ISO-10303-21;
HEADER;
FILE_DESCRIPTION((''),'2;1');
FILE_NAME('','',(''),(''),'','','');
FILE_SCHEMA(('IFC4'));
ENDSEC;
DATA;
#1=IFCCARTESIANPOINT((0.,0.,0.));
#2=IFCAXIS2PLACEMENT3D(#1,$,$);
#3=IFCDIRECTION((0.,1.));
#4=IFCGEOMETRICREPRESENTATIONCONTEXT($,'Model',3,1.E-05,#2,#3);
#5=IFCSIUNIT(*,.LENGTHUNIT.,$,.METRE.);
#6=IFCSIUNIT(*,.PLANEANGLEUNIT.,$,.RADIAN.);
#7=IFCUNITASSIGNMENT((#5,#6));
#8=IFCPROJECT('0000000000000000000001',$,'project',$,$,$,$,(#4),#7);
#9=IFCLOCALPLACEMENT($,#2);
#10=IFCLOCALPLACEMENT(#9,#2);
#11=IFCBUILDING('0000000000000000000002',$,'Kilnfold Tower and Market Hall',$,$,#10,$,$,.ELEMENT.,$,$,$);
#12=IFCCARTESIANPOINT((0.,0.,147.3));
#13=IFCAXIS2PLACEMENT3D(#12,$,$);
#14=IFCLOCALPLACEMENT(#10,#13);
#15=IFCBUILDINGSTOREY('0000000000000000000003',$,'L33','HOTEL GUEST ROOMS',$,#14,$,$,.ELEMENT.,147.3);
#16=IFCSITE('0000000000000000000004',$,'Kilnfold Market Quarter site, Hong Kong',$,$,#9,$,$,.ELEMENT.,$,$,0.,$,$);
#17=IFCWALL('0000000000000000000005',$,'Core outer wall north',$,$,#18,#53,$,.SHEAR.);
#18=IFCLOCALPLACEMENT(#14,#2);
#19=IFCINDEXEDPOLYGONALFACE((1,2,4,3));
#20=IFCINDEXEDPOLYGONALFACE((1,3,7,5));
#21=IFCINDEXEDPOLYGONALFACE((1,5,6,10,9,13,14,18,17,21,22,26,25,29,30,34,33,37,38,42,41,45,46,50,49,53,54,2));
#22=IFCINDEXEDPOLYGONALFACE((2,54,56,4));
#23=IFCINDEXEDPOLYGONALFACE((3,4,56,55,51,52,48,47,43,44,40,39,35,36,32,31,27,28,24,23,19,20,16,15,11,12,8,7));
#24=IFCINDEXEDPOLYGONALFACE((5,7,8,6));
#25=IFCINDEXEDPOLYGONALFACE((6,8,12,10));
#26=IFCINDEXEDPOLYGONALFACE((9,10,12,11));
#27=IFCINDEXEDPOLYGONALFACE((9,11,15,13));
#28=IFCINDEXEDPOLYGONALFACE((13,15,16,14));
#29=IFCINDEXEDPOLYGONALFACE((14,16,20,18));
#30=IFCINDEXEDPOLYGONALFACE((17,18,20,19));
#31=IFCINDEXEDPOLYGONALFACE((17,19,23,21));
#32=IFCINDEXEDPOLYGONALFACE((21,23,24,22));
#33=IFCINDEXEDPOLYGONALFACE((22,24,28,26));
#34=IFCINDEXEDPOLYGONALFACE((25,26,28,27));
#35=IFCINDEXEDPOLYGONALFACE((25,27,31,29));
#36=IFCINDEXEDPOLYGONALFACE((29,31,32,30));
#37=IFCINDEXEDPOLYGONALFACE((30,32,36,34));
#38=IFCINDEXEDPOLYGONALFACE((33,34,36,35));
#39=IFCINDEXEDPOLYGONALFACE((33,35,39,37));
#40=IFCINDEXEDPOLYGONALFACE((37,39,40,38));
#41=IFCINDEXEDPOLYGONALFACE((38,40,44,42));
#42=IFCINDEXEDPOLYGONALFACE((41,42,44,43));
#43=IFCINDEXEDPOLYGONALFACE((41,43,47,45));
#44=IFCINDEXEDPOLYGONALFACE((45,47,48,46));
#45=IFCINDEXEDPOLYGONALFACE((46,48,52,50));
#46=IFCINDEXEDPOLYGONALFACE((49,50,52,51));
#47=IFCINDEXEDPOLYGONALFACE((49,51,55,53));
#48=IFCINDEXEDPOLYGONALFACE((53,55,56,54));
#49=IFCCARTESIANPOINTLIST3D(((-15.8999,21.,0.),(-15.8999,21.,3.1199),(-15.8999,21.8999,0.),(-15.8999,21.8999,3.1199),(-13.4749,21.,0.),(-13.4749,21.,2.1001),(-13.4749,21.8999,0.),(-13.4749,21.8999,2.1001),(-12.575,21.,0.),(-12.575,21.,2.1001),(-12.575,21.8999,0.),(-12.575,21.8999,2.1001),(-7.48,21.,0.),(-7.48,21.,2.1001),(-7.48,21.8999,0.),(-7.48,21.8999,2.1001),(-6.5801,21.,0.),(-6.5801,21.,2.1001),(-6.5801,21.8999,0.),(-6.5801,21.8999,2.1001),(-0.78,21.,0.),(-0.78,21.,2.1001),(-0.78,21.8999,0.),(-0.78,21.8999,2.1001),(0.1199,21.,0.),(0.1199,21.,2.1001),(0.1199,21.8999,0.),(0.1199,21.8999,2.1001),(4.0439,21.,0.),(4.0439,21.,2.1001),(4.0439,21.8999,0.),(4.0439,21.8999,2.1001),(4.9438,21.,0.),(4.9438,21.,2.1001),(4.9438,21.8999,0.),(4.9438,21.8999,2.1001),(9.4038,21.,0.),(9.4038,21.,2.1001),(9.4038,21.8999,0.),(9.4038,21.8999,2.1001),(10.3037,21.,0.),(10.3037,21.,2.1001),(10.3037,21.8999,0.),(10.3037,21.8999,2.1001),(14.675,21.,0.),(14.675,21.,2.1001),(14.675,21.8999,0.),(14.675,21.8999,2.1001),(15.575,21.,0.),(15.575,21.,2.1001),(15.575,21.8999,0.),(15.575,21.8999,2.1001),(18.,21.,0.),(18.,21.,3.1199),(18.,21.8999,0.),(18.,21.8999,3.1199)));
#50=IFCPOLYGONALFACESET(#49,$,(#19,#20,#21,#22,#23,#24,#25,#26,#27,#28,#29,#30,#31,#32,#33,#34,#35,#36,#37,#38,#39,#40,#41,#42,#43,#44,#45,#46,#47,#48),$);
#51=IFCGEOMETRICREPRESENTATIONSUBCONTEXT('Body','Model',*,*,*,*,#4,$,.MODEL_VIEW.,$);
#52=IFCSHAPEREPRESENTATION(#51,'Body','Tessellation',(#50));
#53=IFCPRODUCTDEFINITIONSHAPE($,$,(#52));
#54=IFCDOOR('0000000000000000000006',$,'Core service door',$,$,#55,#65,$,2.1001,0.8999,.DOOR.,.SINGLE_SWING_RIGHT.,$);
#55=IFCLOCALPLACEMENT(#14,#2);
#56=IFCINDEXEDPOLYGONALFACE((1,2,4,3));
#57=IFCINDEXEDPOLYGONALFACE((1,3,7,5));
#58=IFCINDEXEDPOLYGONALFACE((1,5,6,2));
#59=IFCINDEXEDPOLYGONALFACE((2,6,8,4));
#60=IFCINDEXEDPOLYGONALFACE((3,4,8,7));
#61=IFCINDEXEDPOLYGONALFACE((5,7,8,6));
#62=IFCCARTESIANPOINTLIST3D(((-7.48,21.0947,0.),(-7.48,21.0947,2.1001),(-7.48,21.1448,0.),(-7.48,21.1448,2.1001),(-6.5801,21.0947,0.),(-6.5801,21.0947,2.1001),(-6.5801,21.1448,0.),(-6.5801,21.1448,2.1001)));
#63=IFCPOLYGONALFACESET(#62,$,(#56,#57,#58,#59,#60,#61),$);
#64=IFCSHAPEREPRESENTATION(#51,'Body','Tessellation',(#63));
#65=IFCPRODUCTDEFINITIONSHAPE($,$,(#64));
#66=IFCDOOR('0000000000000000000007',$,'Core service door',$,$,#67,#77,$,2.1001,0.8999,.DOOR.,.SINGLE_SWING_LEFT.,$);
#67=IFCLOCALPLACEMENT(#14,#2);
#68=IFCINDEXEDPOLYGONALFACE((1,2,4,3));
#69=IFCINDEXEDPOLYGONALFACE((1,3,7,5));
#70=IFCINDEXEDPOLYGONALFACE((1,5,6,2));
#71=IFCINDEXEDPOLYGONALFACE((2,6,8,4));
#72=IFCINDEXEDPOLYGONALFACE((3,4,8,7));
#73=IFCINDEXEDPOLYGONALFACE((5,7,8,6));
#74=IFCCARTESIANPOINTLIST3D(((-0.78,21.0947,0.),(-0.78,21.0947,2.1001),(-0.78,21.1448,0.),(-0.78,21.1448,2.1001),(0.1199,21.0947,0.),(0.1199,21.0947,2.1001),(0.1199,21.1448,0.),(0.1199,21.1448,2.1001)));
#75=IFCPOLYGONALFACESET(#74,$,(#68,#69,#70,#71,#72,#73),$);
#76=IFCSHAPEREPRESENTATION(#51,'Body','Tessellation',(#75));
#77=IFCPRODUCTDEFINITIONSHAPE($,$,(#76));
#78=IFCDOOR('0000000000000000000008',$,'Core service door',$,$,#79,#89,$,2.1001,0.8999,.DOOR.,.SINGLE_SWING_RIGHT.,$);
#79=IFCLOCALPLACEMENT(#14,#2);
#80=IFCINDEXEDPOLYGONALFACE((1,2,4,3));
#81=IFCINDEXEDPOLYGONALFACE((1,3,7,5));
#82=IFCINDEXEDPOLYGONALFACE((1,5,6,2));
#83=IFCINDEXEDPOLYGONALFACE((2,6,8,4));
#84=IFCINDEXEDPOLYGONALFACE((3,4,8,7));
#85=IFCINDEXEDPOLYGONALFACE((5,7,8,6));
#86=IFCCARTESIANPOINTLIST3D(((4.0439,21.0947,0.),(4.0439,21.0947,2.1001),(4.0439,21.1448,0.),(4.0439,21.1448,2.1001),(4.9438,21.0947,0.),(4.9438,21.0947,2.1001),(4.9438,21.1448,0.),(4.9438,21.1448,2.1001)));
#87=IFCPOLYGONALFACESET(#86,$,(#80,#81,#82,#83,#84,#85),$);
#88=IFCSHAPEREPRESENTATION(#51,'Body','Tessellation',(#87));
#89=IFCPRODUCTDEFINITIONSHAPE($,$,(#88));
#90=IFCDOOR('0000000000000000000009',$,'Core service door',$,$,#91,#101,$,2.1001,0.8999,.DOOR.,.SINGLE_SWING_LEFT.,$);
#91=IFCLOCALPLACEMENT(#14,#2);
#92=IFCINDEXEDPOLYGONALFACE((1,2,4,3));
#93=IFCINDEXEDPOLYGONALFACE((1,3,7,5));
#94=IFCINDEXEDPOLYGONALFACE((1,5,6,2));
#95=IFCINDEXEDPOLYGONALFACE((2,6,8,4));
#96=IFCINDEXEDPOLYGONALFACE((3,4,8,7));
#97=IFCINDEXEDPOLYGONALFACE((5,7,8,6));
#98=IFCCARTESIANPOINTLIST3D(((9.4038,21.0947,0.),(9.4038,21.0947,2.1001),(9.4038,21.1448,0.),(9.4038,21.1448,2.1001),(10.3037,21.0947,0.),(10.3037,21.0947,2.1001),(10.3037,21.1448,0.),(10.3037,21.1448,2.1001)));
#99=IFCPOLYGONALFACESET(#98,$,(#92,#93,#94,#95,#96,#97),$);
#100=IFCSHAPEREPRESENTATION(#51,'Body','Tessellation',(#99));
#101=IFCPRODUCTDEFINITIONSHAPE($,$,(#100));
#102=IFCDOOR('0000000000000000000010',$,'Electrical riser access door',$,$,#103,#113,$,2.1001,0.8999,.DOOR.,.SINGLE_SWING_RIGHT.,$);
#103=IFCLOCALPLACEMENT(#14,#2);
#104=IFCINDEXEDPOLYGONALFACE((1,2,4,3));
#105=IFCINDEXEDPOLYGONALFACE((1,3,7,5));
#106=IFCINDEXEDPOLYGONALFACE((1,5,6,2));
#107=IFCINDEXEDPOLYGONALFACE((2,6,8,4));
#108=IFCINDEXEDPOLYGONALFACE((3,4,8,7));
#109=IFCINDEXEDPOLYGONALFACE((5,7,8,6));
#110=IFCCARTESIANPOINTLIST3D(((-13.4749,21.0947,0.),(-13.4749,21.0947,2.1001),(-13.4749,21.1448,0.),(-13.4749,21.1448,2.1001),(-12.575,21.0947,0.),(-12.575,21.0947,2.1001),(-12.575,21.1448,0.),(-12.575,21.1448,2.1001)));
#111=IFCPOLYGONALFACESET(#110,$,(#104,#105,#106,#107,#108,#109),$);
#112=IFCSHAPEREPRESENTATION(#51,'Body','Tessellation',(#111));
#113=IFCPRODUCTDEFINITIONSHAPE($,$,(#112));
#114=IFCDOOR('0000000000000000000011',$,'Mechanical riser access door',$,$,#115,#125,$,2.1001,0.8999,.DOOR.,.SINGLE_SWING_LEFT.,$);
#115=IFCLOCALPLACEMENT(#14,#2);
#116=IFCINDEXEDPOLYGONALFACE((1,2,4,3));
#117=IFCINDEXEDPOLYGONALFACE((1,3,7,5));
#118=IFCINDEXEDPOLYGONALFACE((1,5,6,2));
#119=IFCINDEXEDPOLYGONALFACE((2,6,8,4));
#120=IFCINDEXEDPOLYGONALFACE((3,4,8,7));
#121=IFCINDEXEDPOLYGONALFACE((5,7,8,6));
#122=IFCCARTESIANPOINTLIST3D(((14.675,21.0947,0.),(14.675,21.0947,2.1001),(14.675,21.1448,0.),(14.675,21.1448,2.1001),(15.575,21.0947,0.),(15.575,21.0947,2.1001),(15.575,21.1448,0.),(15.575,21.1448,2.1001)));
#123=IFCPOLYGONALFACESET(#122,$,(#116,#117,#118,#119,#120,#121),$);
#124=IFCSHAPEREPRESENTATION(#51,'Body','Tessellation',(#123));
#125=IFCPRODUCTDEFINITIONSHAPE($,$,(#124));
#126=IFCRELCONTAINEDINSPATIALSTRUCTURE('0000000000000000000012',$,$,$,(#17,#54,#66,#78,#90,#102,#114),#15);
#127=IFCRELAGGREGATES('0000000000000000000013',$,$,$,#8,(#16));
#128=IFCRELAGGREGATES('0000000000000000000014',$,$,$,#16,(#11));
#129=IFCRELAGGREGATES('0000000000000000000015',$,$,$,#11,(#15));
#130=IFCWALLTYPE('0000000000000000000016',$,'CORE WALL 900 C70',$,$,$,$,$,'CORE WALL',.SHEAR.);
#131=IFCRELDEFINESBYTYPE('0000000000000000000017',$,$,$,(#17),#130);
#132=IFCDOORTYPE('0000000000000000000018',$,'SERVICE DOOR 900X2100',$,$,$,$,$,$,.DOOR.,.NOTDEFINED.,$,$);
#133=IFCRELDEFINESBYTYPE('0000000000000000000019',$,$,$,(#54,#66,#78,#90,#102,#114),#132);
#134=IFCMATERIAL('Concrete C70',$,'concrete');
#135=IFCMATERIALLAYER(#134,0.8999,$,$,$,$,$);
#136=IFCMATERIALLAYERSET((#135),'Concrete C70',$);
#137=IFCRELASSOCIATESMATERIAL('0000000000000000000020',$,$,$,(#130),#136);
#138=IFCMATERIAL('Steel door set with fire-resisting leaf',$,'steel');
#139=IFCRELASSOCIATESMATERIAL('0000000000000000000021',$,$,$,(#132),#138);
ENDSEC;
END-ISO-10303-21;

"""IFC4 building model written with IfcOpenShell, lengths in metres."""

from ifc_helpers import new_model, si_unit, direction, frame, frame_2d, origin, place, context, subcontext, project, spatial, rectangle, extrude, source, transform, mapped, material, layer, layer_set, type_object, element, fill, save


model = new_model("IFC4")

# Units and contexts
model_context = context("Model", 3, precision=1e-05, world=origin(), true_north=direction((0.0, 1.0)))
body_context = subcontext(model_context, "Body", "Model", "MODEL_VIEW")
ifc_project = project(units=[si_unit("LENGTHUNIT", "METRE"), si_unit("PLANEANGLEUNIT", "RADIAN")], contexts=[model_context])

# Site, building, storey
site_placement = place(None, origin())
site = spatial("IfcSite", under=ifc_project, at=site_placement, Name="Kilnfold Market Quarter site, Hong Kong", CompositionType="ELEMENT", RefElevation=0.0)
building_placement = place(site_placement, origin())
building = spatial("IfcBuilding", under=site, at=building_placement, Name="Kilnfold Tower and Market Hall", CompositionType="ELEMENT")
storey_placement = place(building_placement, frame((0.0, 0.0, 147.3)))
storey = spatial("IfcBuildingStorey", under=building, at=storey_placement, Name="L33", Description="HOTEL GUEST ROOMS", CompositionType="ELEMENT", Elevation=147.3)

# Wall, openings, doors
ifc_material_1 = material(Name="Concrete C70", Category="concrete")
ifc_layer_1 = layer(ifc_material_1, 0.8999)
ifc_layer_set_1 = layer_set([ifc_layer_1], Name="Concrete C70")
wall_type_1 = type_object("IfcWallType", Name="CORE WALL 900 C70", ElementType="CORE WALL", PredefinedType="SHEAR", material=ifc_layer_set_1)
shared_shape_1 = source(origin(), body_context, "Body", "SweptSolid", [
    extrude(rectangle(XDim=33.8999, YDim=0.8999, at=frame_2d((16.95, 0.0))), origin(), (0.0, 0.0, 1.0), 3.1199),
])
wall_1_placement = place(storey_placement, frame((-15.8999, 21.45, 0.0), z_axis=(0.0, 0.0, 1.0), x_axis=(1.0, 0.0, 0.0)))
wall_1 = element("IfcWall", 1, at=wall_1_placement, inside=storey, type_object=wall_type_1, Name="Core outer wall north", PredefinedType="SHEAR", context=body_context, shape_type="MappedRepresentation", body=[
    mapped(shared_shape_1, transform((0.0, 0.0, 0.0))),
])
opening_1_placement = place(wall_1_placement, frame((8.4199, 0.0, 0.0)))
opening_1 = element("IfcOpeningElement", 2, at=opening_1_placement, cuts=wall_1, PredefinedType="OPENING", context=body_context, shape_type="SweptSolid", body=[
    extrude(rectangle(XDim=0.8999, YDim=2.1001, at=frame_2d((0.45, 1.05))), frame((0.0, 0.46, 0.0), z_axis=(0.0, -1.0, 0.0), x_axis=(1.0, 0.0, 0.0)), (0.0, 0.0, 1.0), 0.9199),
])
opening_2_placement = place(wall_1_placement, frame((15.1199, 0.0, 0.0)))
opening_2 = element("IfcOpeningElement", 3, at=opening_2_placement, cuts=wall_1, PredefinedType="OPENING", context=body_context, shape_type="SweptSolid", body=[
    extrude(rectangle(XDim=0.8999, YDim=2.1001, at=frame_2d((0.45, 1.05))), frame((0.0, 0.46, 0.0), z_axis=(0.0, -1.0, 0.0), x_axis=(1.0, 0.0, 0.0)), (0.0, 0.0, 1.0), 0.9199),
])
opening_3_placement = place(wall_1_placement, frame((19.9438, 0.0, 0.0)))
opening_3 = element("IfcOpeningElement", 4, at=opening_3_placement, cuts=wall_1, PredefinedType="OPENING", context=body_context, shape_type="SweptSolid", body=[
    extrude(rectangle(XDim=0.8999, YDim=2.1001, at=frame_2d((0.45, 1.05))), frame((0.0, 0.46, 0.0), z_axis=(0.0, -1.0, 0.0), x_axis=(1.0, 0.0, 0.0)), (0.0, 0.0, 1.0), 0.9199),
])
opening_4_placement = place(wall_1_placement, frame((25.3037, 0.0, 0.0)))
opening_4 = element("IfcOpeningElement", 5, at=opening_4_placement, cuts=wall_1, PredefinedType="OPENING", context=body_context, shape_type="SweptSolid", body=[
    extrude(rectangle(XDim=0.8999, YDim=2.1001, at=frame_2d((0.45, 1.05))), frame((0.0, 0.46, 0.0), z_axis=(0.0, -1.0, 0.0), x_axis=(1.0, 0.0, 0.0)), (0.0, 0.0, 1.0), 0.9199),
])
opening_5_placement = place(wall_1_placement, frame((2.425, 0.0, 0.0)))
opening_5 = element("IfcOpeningElement", 6, at=opening_5_placement, cuts=wall_1, PredefinedType="OPENING", context=body_context, shape_type="SweptSolid", body=[
    extrude(rectangle(XDim=0.8999, YDim=2.1001, at=frame_2d((0.45, 1.05))), frame((0.0, 0.46, 0.0), z_axis=(0.0, -1.0, 0.0), x_axis=(1.0, 0.0, 0.0)), (0.0, 0.0, 1.0), 0.9199),
])
opening_6_placement = place(wall_1_placement, frame((30.575, 0.0, 0.0)))
opening_6 = element("IfcOpeningElement", 7, at=opening_6_placement, cuts=wall_1, PredefinedType="OPENING", context=body_context, shape_type="SweptSolid", body=[
    extrude(rectangle(XDim=0.8999, YDim=2.1001, at=frame_2d((0.45, 1.05))), frame((0.0, 0.46, 0.0), z_axis=(0.0, -1.0, 0.0), x_axis=(1.0, 0.0, 0.0)), (0.0, 0.0, 1.0), 0.9199),
])
ifc_material_2 = material(Name="Steel door set with fire-resisting leaf", Category="steel")
door_type_1 = type_object("IfcDoorType", Name="SERVICE DOOR 900X2100", OperationType="NOTDEFINED", PredefinedType="DOOR", material=ifc_material_2)
door_1_placement = place(opening_1_placement, origin())
door_1 = element("IfcDoor", 8, at=door_1_placement, inside=storey, type_object=door_type_1, Name="Core service door", OperationType="SINGLE_SWING_RIGHT", OverallHeight=2.1001, OverallWidth=0.8999, PredefinedType="DOOR", context=body_context, shape_type="SweptSolid", body=[
    extrude(rectangle(XDim=0.8999, YDim=2.1001, at=frame_2d((0.45, 1.05))), frame((0.0, -0.3052, 0.0), z_axis=(0.0, -1.0, 0.0), x_axis=(1.0, 0.0, 0.0)), (0.0, 0.0, 1.0), 0.05),
])
fill(opening_1, door_1)
door_2_placement = place(opening_2_placement, origin())
door_2 = element("IfcDoor", 9, at=door_2_placement, inside=storey, type_object=door_type_1, Name="Core service door", OperationType="SINGLE_SWING_LEFT", OverallHeight=2.1001, OverallWidth=0.8999, PredefinedType="DOOR", context=body_context, shape_type="SweptSolid", body=[
    extrude(rectangle(XDim=0.8999, YDim=2.1001, at=frame_2d((0.45, 1.05))), frame((0.0, -0.3052, 0.0), z_axis=(0.0, -1.0, 0.0), x_axis=(1.0, 0.0, 0.0)), (0.0, 0.0, 1.0), 0.05),
])
fill(opening_2, door_2)
door_3_placement = place(opening_3_placement, origin())
door_3 = element("IfcDoor", 10, at=door_3_placement, inside=storey, type_object=door_type_1, Name="Core service door", OperationType="SINGLE_SWING_RIGHT", OverallHeight=2.1001, OverallWidth=0.8999, PredefinedType="DOOR", context=body_context, shape_type="SweptSolid", body=[
    extrude(rectangle(XDim=0.8999, YDim=2.1001, at=frame_2d((0.45, 1.05))), frame((0.0, -0.3052, 0.0), z_axis=(0.0, -1.0, 0.0), x_axis=(1.0, 0.0, 0.0)), (0.0, 0.0, 1.0), 0.05),
])
fill(opening_3, door_3)
door_4_placement = place(opening_4_placement, origin())
door_4 = element("IfcDoor", 11, at=door_4_placement, inside=storey, type_object=door_type_1, Name="Core service door", OperationType="SINGLE_SWING_LEFT", OverallHeight=2.1001, OverallWidth=0.8999, PredefinedType="DOOR", context=body_context, shape_type="SweptSolid", body=[
    extrude(rectangle(XDim=0.8999, YDim=2.1001, at=frame_2d((0.45, 1.05))), frame((0.0, -0.3052, 0.0), z_axis=(0.0, -1.0, 0.0), x_axis=(1.0, 0.0, 0.0)), (0.0, 0.0, 1.0), 0.05),
])
fill(opening_4, door_4)
door_5_placement = place(opening_5_placement, origin())
door_5 = element("IfcDoor", 12, at=door_5_placement, inside=storey, type_object=door_type_1, Name="Electrical riser access door", OperationType="SINGLE_SWING_RIGHT", OverallHeight=2.1001, OverallWidth=0.8999, PredefinedType="DOOR", context=body_context, shape_type="SweptSolid", body=[
    extrude(rectangle(XDim=0.8999, YDim=2.1001, at=frame_2d((0.45, 1.05))), frame((0.0, -0.3052, 0.0), z_axis=(0.0, -1.0, 0.0), x_axis=(1.0, 0.0, 0.0)), (0.0, 0.0, 1.0), 0.05),
])
fill(opening_5, door_5)
door_6_placement = place(opening_6_placement, origin())
door_6 = element("IfcDoor", 13, at=door_6_placement, inside=storey, type_object=door_type_1, Name="Mechanical riser access door", OperationType="SINGLE_SWING_LEFT", OverallHeight=2.1001, OverallWidth=0.8999, PredefinedType="DOOR", context=body_context, shape_type="SweptSolid", body=[
    extrude(rectangle(XDim=0.8999, YDim=2.1001, at=frame_2d((0.45, 1.05))), frame((0.0, -0.3052, 0.0), z_axis=(0.0, -1.0, 0.0), x_axis=(1.0, 0.0, 0.0)), (0.0, 0.0, 1.0), 0.05),
])
fill(opening_6, door_6)

save(model, "model.ifc")
